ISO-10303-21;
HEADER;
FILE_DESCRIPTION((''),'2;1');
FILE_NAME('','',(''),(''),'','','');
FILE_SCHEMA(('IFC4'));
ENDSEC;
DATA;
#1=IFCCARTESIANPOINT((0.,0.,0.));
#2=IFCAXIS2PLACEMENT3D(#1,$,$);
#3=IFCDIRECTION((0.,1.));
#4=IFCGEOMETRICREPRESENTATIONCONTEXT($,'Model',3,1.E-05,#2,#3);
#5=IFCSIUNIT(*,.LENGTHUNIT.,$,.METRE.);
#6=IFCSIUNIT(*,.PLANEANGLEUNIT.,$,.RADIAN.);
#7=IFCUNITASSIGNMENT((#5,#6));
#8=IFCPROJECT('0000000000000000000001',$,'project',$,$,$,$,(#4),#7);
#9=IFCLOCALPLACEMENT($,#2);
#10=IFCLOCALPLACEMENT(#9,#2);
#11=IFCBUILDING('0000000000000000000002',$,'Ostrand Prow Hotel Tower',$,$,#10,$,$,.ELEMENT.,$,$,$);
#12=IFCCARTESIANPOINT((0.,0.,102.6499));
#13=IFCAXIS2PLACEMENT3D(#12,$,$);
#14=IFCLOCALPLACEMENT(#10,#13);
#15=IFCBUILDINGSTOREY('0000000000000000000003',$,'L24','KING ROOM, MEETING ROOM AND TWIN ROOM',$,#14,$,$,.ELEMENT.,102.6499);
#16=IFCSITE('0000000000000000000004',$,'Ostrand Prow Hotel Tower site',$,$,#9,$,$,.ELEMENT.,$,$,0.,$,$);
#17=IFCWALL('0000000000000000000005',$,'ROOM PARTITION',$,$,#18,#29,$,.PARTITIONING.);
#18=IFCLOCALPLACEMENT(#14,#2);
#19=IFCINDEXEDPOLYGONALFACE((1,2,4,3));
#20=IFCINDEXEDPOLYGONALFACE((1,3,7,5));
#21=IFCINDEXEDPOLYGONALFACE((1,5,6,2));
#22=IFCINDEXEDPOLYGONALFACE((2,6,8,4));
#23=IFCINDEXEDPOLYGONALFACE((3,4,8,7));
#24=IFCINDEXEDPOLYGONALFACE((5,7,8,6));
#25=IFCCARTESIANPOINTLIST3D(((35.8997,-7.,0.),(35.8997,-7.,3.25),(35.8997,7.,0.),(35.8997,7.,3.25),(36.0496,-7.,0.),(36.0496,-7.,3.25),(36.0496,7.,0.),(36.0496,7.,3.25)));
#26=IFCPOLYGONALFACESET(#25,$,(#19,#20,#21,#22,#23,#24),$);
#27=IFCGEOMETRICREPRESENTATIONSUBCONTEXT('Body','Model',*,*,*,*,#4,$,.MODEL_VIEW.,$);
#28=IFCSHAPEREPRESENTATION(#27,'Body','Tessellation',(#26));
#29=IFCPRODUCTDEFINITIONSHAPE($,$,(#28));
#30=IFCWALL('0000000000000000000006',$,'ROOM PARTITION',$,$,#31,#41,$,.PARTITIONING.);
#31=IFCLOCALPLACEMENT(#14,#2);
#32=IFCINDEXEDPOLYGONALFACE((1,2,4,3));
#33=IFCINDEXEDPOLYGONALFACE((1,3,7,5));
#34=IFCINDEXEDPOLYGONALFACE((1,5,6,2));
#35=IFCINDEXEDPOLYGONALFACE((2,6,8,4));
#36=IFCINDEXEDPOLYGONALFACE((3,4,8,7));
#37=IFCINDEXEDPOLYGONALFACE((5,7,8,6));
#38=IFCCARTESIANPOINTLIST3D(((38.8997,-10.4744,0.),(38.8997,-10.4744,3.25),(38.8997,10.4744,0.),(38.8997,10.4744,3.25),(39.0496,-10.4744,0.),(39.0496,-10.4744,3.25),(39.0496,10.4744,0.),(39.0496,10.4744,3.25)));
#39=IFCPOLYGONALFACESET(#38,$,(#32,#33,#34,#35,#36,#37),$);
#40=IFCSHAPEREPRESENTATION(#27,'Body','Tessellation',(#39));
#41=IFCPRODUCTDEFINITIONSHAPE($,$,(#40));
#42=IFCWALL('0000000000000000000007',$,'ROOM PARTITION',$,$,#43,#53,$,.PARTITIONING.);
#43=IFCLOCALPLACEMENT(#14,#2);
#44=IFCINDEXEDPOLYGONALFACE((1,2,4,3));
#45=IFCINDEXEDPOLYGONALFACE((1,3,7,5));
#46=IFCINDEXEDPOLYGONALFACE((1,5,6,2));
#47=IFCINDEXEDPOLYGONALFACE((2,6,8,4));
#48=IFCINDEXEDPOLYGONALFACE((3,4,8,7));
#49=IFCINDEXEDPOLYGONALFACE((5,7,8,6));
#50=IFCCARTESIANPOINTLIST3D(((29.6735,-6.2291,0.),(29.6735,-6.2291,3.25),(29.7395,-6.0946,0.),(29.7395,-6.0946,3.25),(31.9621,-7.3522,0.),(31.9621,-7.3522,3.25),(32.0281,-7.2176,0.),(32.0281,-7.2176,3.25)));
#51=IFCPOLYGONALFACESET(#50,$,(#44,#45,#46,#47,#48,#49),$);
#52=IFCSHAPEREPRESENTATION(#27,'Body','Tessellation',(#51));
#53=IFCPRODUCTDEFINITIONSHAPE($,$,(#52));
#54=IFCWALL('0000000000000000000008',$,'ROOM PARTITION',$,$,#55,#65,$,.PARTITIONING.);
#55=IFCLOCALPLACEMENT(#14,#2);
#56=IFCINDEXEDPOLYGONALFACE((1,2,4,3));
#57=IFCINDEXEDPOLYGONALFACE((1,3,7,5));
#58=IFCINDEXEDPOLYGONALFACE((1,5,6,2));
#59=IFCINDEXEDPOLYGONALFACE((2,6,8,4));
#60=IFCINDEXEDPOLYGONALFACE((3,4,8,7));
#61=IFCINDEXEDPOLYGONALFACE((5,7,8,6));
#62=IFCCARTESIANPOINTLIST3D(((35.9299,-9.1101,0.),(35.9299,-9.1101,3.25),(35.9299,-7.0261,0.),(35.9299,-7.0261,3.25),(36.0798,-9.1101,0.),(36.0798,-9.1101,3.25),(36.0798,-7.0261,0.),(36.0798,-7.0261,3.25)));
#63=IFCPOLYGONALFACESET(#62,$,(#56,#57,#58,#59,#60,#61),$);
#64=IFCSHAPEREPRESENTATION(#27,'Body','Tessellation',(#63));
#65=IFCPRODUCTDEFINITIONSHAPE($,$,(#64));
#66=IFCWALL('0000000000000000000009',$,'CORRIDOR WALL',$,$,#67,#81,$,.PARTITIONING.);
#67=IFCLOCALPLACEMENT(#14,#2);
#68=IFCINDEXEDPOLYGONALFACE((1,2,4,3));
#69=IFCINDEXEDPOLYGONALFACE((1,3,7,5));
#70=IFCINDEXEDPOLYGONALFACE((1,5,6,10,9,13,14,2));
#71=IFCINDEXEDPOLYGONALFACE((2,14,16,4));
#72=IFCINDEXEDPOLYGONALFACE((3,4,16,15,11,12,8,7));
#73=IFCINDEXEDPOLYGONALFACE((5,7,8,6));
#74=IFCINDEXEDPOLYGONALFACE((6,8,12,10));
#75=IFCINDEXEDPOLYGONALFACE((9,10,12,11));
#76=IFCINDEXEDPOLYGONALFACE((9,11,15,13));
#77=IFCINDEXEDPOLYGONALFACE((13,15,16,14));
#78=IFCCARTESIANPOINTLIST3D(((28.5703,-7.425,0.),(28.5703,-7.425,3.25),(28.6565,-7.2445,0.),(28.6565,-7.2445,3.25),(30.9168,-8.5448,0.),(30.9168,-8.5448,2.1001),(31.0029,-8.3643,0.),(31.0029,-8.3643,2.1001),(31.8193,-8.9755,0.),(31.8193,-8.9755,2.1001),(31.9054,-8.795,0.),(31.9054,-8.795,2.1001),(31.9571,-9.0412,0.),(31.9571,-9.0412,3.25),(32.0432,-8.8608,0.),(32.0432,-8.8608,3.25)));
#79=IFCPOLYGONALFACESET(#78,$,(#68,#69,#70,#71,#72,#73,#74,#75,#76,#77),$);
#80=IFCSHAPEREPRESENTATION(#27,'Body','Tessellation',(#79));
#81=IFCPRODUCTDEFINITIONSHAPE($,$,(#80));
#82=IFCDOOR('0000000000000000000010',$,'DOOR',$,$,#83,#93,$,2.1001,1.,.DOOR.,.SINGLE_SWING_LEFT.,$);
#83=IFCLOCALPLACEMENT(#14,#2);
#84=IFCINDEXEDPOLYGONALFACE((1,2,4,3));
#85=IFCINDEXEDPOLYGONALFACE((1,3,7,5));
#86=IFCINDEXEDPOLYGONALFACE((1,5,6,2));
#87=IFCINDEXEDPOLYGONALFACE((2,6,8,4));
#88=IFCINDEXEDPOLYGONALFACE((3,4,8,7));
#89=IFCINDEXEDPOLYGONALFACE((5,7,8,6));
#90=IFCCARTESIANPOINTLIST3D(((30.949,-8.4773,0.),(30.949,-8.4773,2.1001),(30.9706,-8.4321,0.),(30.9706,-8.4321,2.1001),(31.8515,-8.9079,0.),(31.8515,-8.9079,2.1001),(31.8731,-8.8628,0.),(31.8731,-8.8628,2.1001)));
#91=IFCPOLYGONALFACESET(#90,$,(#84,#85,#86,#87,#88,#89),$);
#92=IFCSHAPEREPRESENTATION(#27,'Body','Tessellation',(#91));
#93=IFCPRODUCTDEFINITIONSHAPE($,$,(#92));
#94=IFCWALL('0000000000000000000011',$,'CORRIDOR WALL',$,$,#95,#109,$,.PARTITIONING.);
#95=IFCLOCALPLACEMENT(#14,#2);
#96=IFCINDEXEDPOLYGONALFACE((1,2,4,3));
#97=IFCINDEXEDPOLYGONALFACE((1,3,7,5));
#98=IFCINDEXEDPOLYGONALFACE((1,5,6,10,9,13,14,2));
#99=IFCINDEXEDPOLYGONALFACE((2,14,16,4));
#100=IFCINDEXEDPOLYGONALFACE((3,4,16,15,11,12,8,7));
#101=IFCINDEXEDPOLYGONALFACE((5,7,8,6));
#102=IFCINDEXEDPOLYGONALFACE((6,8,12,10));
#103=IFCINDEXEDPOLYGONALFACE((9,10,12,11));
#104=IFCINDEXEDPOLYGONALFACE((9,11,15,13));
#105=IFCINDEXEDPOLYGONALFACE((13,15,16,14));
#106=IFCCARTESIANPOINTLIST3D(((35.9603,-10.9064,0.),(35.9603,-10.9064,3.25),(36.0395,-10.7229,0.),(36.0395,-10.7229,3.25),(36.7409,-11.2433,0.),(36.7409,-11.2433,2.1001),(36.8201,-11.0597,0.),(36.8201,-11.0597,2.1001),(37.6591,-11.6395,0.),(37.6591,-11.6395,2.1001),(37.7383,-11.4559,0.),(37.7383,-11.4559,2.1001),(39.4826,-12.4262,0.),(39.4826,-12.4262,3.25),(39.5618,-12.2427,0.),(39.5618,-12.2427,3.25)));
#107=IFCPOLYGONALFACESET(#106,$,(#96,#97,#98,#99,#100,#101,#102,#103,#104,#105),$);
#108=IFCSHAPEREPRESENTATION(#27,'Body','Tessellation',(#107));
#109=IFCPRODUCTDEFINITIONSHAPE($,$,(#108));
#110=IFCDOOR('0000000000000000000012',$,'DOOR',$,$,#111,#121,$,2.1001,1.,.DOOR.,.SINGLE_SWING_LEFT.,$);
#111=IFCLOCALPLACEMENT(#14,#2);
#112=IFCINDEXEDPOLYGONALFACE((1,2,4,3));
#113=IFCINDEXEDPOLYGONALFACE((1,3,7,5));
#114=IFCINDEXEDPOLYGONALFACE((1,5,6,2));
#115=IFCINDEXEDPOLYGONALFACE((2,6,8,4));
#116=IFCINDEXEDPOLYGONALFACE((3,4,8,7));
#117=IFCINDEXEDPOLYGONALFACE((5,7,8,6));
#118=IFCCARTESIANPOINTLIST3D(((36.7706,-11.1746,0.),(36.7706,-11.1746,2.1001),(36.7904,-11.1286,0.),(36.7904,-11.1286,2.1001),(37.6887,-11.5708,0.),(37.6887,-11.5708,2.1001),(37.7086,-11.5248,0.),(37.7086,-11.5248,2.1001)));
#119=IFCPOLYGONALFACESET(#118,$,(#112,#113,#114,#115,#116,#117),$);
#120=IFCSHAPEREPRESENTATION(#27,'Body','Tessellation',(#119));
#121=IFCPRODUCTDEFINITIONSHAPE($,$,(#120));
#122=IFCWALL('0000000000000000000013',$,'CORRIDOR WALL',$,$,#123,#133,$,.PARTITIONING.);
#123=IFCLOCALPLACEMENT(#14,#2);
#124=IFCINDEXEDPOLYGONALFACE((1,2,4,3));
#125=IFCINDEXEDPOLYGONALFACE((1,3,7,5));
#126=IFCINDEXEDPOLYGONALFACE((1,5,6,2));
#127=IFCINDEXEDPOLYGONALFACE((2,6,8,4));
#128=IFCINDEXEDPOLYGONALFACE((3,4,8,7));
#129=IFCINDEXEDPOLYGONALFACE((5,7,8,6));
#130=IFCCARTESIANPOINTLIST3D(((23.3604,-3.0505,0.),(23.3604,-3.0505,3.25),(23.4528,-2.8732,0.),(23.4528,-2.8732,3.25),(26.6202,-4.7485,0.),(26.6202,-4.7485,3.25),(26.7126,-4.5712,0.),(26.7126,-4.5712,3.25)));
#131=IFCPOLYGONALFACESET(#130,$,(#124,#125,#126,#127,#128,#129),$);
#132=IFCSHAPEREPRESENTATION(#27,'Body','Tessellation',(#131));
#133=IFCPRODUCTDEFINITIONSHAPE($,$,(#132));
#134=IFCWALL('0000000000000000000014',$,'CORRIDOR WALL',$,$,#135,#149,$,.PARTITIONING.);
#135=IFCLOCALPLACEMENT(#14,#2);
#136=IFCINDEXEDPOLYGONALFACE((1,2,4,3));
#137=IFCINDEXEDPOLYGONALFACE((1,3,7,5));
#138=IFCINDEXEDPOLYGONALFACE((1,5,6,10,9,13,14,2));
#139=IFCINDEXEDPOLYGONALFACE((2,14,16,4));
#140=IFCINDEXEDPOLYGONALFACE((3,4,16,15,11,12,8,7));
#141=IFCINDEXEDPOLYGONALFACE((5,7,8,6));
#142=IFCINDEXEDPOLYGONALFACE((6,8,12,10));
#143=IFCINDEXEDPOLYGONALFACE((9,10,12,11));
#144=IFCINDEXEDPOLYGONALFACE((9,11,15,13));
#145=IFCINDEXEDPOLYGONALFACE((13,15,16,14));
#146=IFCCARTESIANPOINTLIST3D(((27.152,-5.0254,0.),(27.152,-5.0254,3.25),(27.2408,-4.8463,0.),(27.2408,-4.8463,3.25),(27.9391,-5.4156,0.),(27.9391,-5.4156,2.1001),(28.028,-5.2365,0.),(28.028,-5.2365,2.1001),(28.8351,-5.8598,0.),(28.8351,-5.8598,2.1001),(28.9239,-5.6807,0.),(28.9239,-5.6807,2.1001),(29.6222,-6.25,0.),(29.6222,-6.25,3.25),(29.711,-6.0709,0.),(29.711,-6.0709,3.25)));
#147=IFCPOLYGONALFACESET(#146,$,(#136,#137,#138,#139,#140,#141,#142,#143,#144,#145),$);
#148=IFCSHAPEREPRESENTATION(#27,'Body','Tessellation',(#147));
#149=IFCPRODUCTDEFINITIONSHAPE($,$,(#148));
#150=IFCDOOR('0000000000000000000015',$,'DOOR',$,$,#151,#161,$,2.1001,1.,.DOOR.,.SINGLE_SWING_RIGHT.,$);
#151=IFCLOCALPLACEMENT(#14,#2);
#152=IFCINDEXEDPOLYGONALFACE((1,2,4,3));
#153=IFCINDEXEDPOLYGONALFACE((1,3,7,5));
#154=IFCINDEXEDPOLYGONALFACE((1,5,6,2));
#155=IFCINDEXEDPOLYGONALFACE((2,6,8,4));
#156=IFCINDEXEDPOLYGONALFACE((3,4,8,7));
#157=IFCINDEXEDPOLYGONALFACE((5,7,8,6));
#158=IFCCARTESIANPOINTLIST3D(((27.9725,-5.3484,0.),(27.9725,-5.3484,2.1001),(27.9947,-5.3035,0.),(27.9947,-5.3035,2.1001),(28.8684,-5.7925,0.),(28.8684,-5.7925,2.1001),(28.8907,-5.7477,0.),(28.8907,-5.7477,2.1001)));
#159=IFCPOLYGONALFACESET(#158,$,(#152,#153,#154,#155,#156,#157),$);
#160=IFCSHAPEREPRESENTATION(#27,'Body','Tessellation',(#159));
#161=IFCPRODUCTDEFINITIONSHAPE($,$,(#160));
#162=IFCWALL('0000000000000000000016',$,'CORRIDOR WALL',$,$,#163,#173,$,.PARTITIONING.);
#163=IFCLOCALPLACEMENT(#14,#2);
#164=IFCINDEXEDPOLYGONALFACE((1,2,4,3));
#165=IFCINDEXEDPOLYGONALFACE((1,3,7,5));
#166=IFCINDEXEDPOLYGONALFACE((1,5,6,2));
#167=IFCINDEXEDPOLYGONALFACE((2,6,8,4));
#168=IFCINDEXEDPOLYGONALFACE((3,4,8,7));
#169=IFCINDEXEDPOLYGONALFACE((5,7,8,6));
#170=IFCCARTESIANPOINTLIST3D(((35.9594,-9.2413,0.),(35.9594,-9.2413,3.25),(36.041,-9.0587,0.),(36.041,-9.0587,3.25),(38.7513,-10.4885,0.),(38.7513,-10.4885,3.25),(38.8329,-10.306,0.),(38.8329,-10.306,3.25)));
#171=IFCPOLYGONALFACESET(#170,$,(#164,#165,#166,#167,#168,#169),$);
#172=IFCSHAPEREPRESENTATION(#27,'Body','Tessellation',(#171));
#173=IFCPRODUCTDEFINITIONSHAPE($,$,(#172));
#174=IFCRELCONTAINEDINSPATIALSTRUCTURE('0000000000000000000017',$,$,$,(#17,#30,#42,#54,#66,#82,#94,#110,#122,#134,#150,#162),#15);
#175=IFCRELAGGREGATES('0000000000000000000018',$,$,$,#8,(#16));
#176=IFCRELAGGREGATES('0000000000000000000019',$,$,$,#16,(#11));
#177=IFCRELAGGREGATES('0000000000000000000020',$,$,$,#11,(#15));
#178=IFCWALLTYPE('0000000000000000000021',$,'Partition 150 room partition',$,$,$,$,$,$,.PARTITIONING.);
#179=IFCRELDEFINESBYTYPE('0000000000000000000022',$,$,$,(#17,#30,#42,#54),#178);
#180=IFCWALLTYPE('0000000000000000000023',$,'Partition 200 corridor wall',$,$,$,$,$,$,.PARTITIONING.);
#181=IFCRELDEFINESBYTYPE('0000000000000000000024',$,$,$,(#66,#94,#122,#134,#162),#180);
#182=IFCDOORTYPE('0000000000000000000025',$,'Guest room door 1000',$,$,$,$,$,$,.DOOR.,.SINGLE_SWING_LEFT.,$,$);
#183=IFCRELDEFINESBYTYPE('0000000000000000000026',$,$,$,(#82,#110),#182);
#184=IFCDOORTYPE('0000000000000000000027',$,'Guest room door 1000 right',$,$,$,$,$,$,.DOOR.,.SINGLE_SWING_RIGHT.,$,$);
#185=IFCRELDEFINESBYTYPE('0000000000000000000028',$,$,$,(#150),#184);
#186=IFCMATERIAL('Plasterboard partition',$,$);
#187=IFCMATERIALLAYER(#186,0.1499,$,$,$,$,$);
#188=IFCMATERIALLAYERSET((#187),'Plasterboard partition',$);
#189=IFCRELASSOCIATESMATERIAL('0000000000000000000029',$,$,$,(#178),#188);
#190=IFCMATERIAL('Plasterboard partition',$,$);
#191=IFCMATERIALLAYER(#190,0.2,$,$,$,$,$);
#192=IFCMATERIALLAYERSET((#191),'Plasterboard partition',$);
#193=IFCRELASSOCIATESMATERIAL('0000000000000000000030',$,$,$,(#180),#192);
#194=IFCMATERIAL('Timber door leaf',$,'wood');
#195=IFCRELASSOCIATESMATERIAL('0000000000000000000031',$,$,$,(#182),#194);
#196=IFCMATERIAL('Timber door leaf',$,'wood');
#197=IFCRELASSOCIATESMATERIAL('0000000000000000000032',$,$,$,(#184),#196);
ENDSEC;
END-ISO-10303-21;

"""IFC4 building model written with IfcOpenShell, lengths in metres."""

from ifc_helpers import new_model, si_unit, direction, frame, frame_2d, origin, place, context, subcontext, project, spatial, rectangle, extrude, material, layer, layer_set, type_object, element, fill, save


model = new_model("IFC4")

# Units and contexts
model_context = context("Model", 3, precision=1e-05, world=origin(), true_north=direction((0.0, 1.0)))
body_context = subcontext(model_context, "Body", "Model", "MODEL_VIEW")
ifc_project = project(units=[si_unit("LENGTHUNIT", "METRE"), si_unit("PLANEANGLEUNIT", "RADIAN")], contexts=[model_context])

# Site, building, storey
site_placement = place(None, origin())
site = spatial("IfcSite", under=ifc_project, at=site_placement, Name="Ostrand Prow Hotel Tower site", CompositionType="ELEMENT", RefElevation=0.0)
building_placement = place(site_placement, origin())
building = spatial("IfcBuilding", under=site, at=building_placement, Name="Ostrand Prow Hotel Tower", CompositionType="ELEMENT")
storey_placement = place(building_placement, frame((0.0, 0.0, 102.6499)))
storey = spatial("IfcBuildingStorey", under=building, at=storey_placement, Name="L24", Description="KING ROOM, MEETING ROOM AND TWIN ROOM", CompositionType="ELEMENT", Elevation=102.6499)

# Walls
ifc_material_1 = material(Name="Plasterboard partition")
ifc_layer_1 = layer(ifc_material_1, 0.1499)
ifc_layer_set_1 = layer_set([ifc_layer_1], Name="Plasterboard partition")
wall_type_1 = type_object("IfcWallType", Name="Partition 150 room partition", PredefinedType="PARTITIONING", material=ifc_layer_set_1)
wall_1_placement = place(storey_placement, frame((35.9746, -7.0, 0.0), z_axis=(0.0, 0.0, 1.0), x_axis=(0.0, 1.0, 0.0)))
element("IfcWall", 1, at=wall_1_placement, inside=storey, type_object=wall_type_1, Name="ROOM PARTITION", PredefinedType="PARTITIONING", context=body_context, shape_type="SweptSolid", body=[
    extrude(rectangle(XDim=14.0, YDim=0.1499, at=frame_2d((7.0, 0.0))), origin(), (0.0, 0.0, 1.0), 3.25),
])
wall_2_placement = place(storey_placement, frame((38.9746, -10.4744, 0.0), z_axis=(0.0, 0.0, 1.0), x_axis=(0.0, 1.0, 0.0)))
element("IfcWall", 2, at=wall_2_placement, inside=storey, type_object=wall_type_1, Name="ROOM PARTITION", PredefinedType="PARTITIONING", context=body_context, shape_type="SweptSolid", body=[
    extrude(rectangle(XDim=20.9487, YDim=0.1499, at=frame_2d((10.4744, 0.0))), origin(), (0.0, 0.0, 1.0), 3.25),
])
wall_3_placement = place(storey_placement, frame((31.9951, -7.2849, 0.0), z_axis=(0.0, 0.0, 1.0), x_axis=(-0.897735, 0.440536, 0.0)))
element("IfcWall", 3, at=wall_3_placement, inside=storey, type_object=wall_type_1, Name="ROOM PARTITION", PredefinedType="PARTITIONING", context=body_context, shape_type="SweptSolid", body=[
    extrude(rectangle(XDim=2.5493, YDim=0.1499, at=frame_2d((1.2747, 0.0))), origin(), (0.0, 0.0, 1.0), 3.25),
])
wall_4_placement = place(storey_placement, frame((36.0049, -9.1101, 0.0), z_axis=(0.0, 0.0, 1.0), x_axis=(0.0, 1.0, 0.0)))
element("IfcWall", 4, at=wall_4_placement, inside=storey, type_object=wall_type_1, Name="ROOM PARTITION", PredefinedType="PARTITIONING", context=body_context, shape_type="SweptSolid", body=[
    extrude(rectangle(XDim=2.084, YDim=0.1499, at=frame_2d((1.042, 0.0))), origin(), (0.0, 0.0, 1.0), 3.25),
])

# Walls, openings, doors
ifc_material_2 = material(Name="Plasterboard partition")
ifc_layer_2 = layer(ifc_material_2, 0.2)
ifc_layer_set_2 = layer_set([ifc_layer_2], Name="Plasterboard partition")
wall_type_2 = type_object("IfcWallType", Name="Partition 200 corridor wall", PredefinedType="PARTITIONING", material=ifc_layer_set_2)
wall_5_placement = place(storey_placement, frame((28.6133, -7.3347, 0.0), z_axis=(0.0, 0.0, 1.0), x_axis=(0.902499, -0.430691, 0.0)))
wall_5 = element("IfcWall", 5, at=wall_5_placement, inside=storey, type_object=wall_type_2, Name="CORRIDOR WALL", PredefinedType="PARTITIONING", context=body_context, shape_type="SweptSolid", body=[
    extrude(rectangle(XDim=3.7527, YDim=0.2, at=frame_2d((1.8765, 0.0))), origin(), (0.0, 0.0, 1.0), 3.25),
])
opening_1_placement = place(wall_5_placement, frame((2.6001, 0.0, 0.0)))
opening_1 = element("IfcOpeningElement", 6, at=opening_1_placement, cuts=wall_5, PredefinedType="OPENING", context=body_context, shape_type="SweptSolid", body=[
    extrude(rectangle(XDim=1.0, YDim=2.1001, at=frame_2d((0.5, 1.05))), frame((0.0, 0.1099, 0.0), z_axis=(0.0, -1.0, 0.0), x_axis=(1.0, 0.0, 0.0)), (0.0, 0.0, 1.0), 0.22),
])
ifc_material_3 = material(Name="Timber door leaf", Category="wood")
door_type_1 = type_object("IfcDoorType", Name="Guest room door 1000", OperationType="SINGLE_SWING_LEFT", PredefinedType="DOOR", material=ifc_material_3)
door_1_placement = place(opening_1_placement, origin())
door_1 = element("IfcDoor", 7, at=door_1_placement, inside=storey, type_object=door_type_1, Name="DOOR", OperationType="SINGLE_SWING_LEFT", OverallHeight=2.1001, OverallWidth=1.0, PredefinedType="DOOR", context=body_context, shape_type="SweptSolid", body=[
    extrude(rectangle(XDim=1.0, YDim=2.1001, at=frame_2d((0.5, 1.05))), frame((0.0, 0.0249, 0.0), z_axis=(0.0, -1.0, 0.0), x_axis=(1.0, 0.0, 0.0)), (0.0, 0.0, 1.0), 0.05),
])
fill(opening_1, door_1)
wall_6_placement = place(storey_placement, frame((36.0, -10.8147, 0.0), z_axis=(0.0, 0.0, 1.0), x_axis=(0.918174, -0.396176, 0.0)))
wall_6 = element("IfcWall", 8, at=wall_6_placement, inside=storey, type_object=wall_type_2, Name="CORRIDOR WALL", PredefinedType="PARTITIONING", context=body_context, shape_type="SweptSolid", body=[
    extrude(rectangle(XDim=3.8362, YDim=0.2, at=frame_2d((1.918, 0.0))), origin(), (0.0, 0.0, 1.0), 3.25),
])
opening_2_placement = place(wall_6_placement, frame((0.8501, 0.0, 0.0)))
opening_2 = element("IfcOpeningElement", 9, at=opening_2_placement, cuts=wall_6, PredefinedType="OPENING", context=body_context, shape_type="SweptSolid", body=[
    extrude(rectangle(XDim=1.0, YDim=2.1001, at=frame_2d((0.5, 1.05))), frame((0.0, 0.1099, 0.0), z_axis=(0.0, -1.0, 0.0), x_axis=(1.0, 0.0, 0.0)), (0.0, 0.0, 1.0), 0.22),
])
door_2_placement = place(opening_2_placement, origin())
door_2 = element("IfcDoor", 10, at=door_2_placement, inside=storey, type_object=door_type_1, Name="DOOR", OperationType="SINGLE_SWING_LEFT", OverallHeight=2.1001, OverallWidth=1.0, PredefinedType="DOOR", context=body_context, shape_type="SweptSolid", body=[
    extrude(rectangle(XDim=1.0, YDim=2.1001, at=frame_2d((0.5, 1.05))), frame((0.0, 0.0249, 0.0), z_axis=(0.0, -1.0, 0.0), x_axis=(1.0, 0.0, 0.0)), (0.0, 0.0, 1.0), 0.05),
])
fill(opening_2, door_2)

# Wall
wall_7_placement = place(storey_placement, frame((26.6665, -4.6599, 0.0), z_axis=(0.0, 0.0, 1.0), x_axis=(-0.886891, 0.461978, 0.0)))
element("IfcWall", 11, at=wall_7_placement, inside=storey, type_object=wall_type_2, Name="CORRIDOR WALL", PredefinedType="PARTITIONING", context=body_context, shape_type="SweptSolid", body=[
    extrude(rectangle(XDim=3.6755, YDim=0.2, at=frame_2d((1.8379, 0.0))), origin(), (0.0, 0.0, 1.0), 3.25),
])

# Wall, opening, door
wall_8_placement = place(storey_placement, frame((29.6665, -6.1604, 0.0), z_axis=(0.0, 0.0, 1.0), x_axis=(-0.895945, 0.444165, 0.0)))
wall_8 = element("IfcWall", 12, at=wall_8_placement, inside=storey, type_object=wall_type_2, Name="CORRIDOR WALL", PredefinedType="PARTITIONING", context=body_context, shape_type="SweptSolid", body=[
    extrude(rectangle(XDim=2.7571, YDim=0.2, at=frame_2d((1.3784, 0.0))), origin(), (0.0, 0.0, 1.0), 3.25),
])
opening_3_placement = place(wall_8_placement, frame((0.8784, 0.0, 0.0)))
opening_3 = element("IfcOpeningElement", 13, at=opening_3_placement, cuts=wall_8, PredefinedType="OPENING", context=body_context, shape_type="SweptSolid", body=[
    extrude(rectangle(XDim=1.0, YDim=2.1001, at=frame_2d((0.5, 1.05))), frame((0.0, 0.1099, 0.0), z_axis=(0.0, -1.0, 0.0), x_axis=(1.0, 0.0, 0.0)), (0.0, 0.0, 1.0), 0.22),
])
ifc_material_4 = material(Name="Timber door leaf", Category="wood")
door_type_2 = type_object("IfcDoorType", Name="Guest room door 1000 right", OperationType="SINGLE_SWING_RIGHT", PredefinedType="DOOR", material=ifc_material_4)
door_3_placement = place(opening_3_placement, origin())
door_3 = element("IfcDoor", 14, at=door_3_placement, inside=storey, type_object=door_type_2, Name="DOOR", OperationType="SINGLE_SWING_RIGHT", OverallHeight=2.1001, OverallWidth=1.0, PredefinedType="DOOR", context=body_context, shape_type="SweptSolid", body=[
    extrude(rectangle(XDim=1.0, YDim=2.1001, at=frame_2d((0.5, 1.05))), frame((0.0, 0.0249, 0.0), z_axis=(0.0, -1.0, 0.0), x_axis=(1.0, 0.0, 0.0)), (0.0, 0.0, 1.0), 0.05),
])
fill(opening_3, door_3)

# Wall
wall_9_placement = place(storey_placement, frame((38.792, -10.3972, 0.0), z_axis=(0.0, 0.0, 1.0), x_axis=(-0.91303, 0.407893, 0.0)))
element("IfcWall", 15, at=wall_9_placement, inside=storey, type_object=wall_type_2, Name="CORRIDOR WALL", PredefinedType="PARTITIONING", context=body_context, shape_type="SweptSolid", body=[
    extrude(rectangle(XDim=3.0579, YDim=0.2, at=frame_2d((1.5288, 0.0))), origin(), (0.0, 0.0, 1.0), 3.25),
])

save(model, "model.ifc")
